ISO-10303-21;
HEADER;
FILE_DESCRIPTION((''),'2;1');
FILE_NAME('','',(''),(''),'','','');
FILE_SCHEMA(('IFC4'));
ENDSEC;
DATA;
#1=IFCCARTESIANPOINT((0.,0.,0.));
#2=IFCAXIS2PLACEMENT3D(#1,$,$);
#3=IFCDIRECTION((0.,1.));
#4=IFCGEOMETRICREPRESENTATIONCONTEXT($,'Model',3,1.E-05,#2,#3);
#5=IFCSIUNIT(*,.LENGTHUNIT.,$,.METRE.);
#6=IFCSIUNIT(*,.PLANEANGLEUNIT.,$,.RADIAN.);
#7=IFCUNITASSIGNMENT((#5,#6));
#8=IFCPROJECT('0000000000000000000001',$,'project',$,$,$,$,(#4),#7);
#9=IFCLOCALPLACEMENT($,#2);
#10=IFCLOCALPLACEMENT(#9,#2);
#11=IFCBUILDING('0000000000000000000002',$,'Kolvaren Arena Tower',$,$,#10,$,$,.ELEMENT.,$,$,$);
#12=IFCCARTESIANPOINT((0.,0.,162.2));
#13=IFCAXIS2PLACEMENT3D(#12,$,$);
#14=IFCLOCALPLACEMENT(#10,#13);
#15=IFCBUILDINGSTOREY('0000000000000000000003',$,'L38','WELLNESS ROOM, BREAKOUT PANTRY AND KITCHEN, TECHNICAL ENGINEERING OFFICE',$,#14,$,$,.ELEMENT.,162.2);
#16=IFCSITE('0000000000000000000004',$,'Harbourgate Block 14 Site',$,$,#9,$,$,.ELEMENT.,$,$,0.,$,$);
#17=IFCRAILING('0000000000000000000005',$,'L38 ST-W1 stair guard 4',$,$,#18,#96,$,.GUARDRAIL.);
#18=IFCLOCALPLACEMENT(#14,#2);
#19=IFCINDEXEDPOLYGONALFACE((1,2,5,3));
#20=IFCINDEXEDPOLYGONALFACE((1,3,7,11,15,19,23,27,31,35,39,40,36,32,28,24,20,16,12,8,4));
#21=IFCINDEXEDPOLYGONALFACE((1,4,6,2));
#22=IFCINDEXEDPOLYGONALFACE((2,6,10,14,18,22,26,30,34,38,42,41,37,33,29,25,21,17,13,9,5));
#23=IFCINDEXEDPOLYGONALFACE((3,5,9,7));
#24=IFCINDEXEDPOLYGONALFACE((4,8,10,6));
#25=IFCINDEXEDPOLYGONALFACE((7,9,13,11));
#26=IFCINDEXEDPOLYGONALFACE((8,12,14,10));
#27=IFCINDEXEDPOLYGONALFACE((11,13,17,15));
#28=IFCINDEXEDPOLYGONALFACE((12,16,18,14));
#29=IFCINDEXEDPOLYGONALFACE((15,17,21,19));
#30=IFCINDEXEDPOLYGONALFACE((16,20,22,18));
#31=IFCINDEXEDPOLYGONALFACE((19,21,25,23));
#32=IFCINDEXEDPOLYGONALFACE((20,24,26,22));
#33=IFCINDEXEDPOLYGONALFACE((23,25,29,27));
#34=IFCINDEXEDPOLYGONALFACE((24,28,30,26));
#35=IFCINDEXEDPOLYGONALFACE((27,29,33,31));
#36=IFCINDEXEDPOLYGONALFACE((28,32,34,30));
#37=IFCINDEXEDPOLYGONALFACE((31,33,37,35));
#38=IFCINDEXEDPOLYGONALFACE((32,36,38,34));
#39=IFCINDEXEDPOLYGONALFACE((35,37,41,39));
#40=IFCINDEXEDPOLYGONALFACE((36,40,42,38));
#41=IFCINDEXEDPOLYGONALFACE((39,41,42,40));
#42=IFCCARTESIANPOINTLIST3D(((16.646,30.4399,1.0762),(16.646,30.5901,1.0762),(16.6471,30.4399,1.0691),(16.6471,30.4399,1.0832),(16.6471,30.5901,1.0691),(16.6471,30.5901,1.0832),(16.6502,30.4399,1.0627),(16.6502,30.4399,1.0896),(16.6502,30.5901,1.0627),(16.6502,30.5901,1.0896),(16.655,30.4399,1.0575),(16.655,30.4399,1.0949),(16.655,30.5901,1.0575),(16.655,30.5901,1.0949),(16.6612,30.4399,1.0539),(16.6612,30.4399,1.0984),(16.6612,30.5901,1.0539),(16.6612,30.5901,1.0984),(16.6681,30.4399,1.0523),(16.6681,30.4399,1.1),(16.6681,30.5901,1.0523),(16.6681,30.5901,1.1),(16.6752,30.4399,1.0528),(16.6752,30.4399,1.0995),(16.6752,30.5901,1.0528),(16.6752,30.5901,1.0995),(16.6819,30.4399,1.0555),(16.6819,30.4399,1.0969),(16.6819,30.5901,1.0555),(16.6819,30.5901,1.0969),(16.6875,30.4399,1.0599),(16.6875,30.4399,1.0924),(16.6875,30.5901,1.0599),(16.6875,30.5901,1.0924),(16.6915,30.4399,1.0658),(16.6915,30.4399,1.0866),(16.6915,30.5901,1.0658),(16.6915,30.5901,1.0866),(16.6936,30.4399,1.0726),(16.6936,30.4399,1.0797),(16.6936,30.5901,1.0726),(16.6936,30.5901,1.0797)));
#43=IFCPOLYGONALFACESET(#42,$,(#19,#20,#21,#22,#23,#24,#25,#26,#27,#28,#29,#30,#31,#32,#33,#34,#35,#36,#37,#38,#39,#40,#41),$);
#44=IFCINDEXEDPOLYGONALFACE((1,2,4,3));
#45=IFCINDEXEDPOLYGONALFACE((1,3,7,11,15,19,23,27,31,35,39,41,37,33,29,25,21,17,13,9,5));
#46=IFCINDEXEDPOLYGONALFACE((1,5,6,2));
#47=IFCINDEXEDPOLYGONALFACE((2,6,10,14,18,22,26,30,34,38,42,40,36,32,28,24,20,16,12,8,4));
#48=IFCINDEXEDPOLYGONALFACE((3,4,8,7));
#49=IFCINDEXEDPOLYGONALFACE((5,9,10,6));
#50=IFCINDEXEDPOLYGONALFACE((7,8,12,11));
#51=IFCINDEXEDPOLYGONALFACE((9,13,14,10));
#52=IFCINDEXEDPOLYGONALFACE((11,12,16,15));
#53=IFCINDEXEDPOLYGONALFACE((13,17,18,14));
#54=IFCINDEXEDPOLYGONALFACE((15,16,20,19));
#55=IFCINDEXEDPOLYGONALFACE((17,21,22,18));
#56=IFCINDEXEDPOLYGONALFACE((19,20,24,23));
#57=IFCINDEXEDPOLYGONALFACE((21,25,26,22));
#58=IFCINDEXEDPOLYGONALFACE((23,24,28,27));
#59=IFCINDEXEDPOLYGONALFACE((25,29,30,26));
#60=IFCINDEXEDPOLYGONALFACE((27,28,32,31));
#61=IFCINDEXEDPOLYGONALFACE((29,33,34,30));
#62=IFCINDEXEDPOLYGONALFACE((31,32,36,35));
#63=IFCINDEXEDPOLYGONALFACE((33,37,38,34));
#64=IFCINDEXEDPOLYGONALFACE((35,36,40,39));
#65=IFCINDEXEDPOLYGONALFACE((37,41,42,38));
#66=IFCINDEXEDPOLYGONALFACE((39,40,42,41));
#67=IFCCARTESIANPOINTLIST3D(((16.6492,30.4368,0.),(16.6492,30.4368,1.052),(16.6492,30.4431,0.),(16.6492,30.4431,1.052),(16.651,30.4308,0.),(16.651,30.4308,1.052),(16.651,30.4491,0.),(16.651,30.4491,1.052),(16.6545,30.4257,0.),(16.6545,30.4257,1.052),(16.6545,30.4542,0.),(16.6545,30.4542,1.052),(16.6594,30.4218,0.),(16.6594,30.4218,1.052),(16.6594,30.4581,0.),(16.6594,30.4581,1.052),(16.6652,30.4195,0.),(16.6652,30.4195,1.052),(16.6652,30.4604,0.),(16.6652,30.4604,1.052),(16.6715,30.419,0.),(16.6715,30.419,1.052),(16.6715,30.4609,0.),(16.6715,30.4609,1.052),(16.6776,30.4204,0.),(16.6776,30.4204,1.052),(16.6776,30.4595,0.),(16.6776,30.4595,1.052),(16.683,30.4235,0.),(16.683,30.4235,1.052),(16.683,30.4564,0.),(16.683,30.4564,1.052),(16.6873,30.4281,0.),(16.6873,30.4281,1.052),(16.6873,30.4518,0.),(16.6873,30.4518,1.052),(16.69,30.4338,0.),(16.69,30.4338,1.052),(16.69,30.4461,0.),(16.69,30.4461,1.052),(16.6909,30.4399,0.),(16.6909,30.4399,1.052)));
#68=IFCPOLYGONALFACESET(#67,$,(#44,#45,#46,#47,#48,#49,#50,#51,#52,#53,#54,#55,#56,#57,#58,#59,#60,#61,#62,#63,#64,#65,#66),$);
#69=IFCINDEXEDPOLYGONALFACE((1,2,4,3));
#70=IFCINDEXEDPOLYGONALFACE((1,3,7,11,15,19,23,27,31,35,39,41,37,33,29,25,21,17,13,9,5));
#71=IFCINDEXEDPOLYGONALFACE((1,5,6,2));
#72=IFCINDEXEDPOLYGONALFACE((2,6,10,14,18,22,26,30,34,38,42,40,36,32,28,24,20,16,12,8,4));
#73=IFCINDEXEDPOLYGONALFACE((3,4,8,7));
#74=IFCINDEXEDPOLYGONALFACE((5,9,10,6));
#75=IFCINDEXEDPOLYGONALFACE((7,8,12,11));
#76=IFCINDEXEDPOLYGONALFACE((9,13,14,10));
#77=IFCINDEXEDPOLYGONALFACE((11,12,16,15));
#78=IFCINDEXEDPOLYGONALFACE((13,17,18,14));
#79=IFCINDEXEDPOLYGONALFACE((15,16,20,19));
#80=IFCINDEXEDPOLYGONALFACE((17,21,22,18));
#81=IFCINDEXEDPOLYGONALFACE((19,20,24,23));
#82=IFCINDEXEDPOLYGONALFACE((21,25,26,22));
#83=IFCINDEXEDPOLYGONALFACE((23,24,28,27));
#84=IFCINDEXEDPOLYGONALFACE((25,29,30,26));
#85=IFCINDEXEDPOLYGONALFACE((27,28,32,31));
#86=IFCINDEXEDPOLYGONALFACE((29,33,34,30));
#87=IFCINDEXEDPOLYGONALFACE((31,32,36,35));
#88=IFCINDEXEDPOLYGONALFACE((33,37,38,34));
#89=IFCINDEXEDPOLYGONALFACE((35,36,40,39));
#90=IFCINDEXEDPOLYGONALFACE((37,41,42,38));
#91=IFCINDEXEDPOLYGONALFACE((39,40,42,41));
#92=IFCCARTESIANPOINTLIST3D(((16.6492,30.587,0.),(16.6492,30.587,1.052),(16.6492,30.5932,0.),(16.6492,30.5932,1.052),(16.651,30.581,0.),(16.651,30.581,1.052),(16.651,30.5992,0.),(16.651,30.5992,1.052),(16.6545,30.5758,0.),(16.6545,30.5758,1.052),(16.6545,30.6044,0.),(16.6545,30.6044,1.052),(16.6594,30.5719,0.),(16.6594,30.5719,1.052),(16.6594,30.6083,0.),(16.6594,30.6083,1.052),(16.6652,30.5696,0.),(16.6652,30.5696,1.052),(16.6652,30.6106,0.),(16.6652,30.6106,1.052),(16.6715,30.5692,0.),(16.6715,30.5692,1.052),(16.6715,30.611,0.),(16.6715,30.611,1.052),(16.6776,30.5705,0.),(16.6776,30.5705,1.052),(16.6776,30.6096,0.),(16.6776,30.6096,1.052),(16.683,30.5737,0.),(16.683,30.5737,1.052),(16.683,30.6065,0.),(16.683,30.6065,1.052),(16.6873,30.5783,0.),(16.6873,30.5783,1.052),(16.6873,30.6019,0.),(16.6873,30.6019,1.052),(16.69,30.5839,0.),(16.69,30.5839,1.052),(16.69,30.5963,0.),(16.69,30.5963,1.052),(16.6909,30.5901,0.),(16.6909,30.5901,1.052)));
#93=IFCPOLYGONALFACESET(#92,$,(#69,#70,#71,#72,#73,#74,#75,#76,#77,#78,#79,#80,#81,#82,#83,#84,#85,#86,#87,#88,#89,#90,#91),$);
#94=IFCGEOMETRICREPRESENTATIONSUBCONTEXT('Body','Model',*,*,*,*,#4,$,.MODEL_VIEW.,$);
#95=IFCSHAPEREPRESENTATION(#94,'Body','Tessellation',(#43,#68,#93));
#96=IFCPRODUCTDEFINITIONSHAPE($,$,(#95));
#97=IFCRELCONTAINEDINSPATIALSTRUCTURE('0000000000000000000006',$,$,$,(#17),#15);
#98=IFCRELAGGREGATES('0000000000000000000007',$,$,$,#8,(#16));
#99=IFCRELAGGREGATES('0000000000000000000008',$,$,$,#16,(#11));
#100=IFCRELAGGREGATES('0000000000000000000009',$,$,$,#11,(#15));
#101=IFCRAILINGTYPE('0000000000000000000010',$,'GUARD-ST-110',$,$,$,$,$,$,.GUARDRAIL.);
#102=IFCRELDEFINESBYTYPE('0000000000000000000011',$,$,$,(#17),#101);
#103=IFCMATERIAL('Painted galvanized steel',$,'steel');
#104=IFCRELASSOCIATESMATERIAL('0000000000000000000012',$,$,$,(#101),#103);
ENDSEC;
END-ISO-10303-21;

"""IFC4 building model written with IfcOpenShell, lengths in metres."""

from ifc_helpers import new_model, si_unit, direction, frame, origin, origin_2d, place, context, subcontext, project, spatial, circle, extrude, material, type_object, element, save


model = new_model("IFC4")

# Units and contexts
model_context = context("Model", 3, precision=1e-05, world=origin(), true_north=direction((0.0, 1.0)))
body_context = subcontext(model_context, "Body", "Model", "MODEL_VIEW")
ifc_project = project(units=[si_unit("LENGTHUNIT", "METRE"), si_unit("PLANEANGLEUNIT", "RADIAN")], contexts=[model_context])

# Site, building, storey
site_placement = place(None, origin())
site = spatial("IfcSite", under=ifc_project, at=site_placement, Name="Harbourgate Block 14 Site", CompositionType="ELEMENT", RefElevation=0.0)
building_placement = place(site_placement, origin())
building = spatial("IfcBuilding", under=site, at=building_placement, Name="Kolvaren Arena Tower", CompositionType="ELEMENT")
storey_placement = place(building_placement, frame((0.0, 0.0, 162.2)))
storey = spatial("IfcBuildingStorey", under=building, at=storey_placement, Name="L38", Description="WELLNESS ROOM, BREAKOUT PANTRY AND KITCHEN, TECHNICAL ENGINEERING OFFICE", CompositionType="ELEMENT", Elevation=162.2)

# Railing
ifc_material_1 = material(Name="Painted galvanized steel", Category="steel")
railing_type_1 = type_object("IfcRailingType", Name="GUARD-ST-110", PredefinedType="GUARDRAIL", material=ifc_material_1)
railing_1_placement = place(storey_placement, frame((16.6699, 30.4399, 0.0)))
element("IfcRailing", 1, at=railing_1_placement, inside=storey, type_object=railing_type_1, Name="L38 ST-W1 stair guard 4", PredefinedType="GUARDRAIL", context=body_context, shape_type="SweptSolid", body=[
    extrude(circle(Radius=0.0239, at=origin_2d()), frame((0.0, 0.0, 1.0762), z_axis=(0.0, 1.0, 0.0), x_axis=(-1.0, 0.0, 0.0)), (0.0, 0.0, 1.0), 0.1501),
    extrude(circle(Radius=0.021, at=origin_2d()), origin(), (0.0, 0.0, 1.0), 1.052),
    extrude(circle(Radius=0.021, at=origin_2d()), frame((0.0, 0.1501, 0.0)), (0.0, 0.0, 1.0), 1.052),
])

save(model, "model.ifc")
